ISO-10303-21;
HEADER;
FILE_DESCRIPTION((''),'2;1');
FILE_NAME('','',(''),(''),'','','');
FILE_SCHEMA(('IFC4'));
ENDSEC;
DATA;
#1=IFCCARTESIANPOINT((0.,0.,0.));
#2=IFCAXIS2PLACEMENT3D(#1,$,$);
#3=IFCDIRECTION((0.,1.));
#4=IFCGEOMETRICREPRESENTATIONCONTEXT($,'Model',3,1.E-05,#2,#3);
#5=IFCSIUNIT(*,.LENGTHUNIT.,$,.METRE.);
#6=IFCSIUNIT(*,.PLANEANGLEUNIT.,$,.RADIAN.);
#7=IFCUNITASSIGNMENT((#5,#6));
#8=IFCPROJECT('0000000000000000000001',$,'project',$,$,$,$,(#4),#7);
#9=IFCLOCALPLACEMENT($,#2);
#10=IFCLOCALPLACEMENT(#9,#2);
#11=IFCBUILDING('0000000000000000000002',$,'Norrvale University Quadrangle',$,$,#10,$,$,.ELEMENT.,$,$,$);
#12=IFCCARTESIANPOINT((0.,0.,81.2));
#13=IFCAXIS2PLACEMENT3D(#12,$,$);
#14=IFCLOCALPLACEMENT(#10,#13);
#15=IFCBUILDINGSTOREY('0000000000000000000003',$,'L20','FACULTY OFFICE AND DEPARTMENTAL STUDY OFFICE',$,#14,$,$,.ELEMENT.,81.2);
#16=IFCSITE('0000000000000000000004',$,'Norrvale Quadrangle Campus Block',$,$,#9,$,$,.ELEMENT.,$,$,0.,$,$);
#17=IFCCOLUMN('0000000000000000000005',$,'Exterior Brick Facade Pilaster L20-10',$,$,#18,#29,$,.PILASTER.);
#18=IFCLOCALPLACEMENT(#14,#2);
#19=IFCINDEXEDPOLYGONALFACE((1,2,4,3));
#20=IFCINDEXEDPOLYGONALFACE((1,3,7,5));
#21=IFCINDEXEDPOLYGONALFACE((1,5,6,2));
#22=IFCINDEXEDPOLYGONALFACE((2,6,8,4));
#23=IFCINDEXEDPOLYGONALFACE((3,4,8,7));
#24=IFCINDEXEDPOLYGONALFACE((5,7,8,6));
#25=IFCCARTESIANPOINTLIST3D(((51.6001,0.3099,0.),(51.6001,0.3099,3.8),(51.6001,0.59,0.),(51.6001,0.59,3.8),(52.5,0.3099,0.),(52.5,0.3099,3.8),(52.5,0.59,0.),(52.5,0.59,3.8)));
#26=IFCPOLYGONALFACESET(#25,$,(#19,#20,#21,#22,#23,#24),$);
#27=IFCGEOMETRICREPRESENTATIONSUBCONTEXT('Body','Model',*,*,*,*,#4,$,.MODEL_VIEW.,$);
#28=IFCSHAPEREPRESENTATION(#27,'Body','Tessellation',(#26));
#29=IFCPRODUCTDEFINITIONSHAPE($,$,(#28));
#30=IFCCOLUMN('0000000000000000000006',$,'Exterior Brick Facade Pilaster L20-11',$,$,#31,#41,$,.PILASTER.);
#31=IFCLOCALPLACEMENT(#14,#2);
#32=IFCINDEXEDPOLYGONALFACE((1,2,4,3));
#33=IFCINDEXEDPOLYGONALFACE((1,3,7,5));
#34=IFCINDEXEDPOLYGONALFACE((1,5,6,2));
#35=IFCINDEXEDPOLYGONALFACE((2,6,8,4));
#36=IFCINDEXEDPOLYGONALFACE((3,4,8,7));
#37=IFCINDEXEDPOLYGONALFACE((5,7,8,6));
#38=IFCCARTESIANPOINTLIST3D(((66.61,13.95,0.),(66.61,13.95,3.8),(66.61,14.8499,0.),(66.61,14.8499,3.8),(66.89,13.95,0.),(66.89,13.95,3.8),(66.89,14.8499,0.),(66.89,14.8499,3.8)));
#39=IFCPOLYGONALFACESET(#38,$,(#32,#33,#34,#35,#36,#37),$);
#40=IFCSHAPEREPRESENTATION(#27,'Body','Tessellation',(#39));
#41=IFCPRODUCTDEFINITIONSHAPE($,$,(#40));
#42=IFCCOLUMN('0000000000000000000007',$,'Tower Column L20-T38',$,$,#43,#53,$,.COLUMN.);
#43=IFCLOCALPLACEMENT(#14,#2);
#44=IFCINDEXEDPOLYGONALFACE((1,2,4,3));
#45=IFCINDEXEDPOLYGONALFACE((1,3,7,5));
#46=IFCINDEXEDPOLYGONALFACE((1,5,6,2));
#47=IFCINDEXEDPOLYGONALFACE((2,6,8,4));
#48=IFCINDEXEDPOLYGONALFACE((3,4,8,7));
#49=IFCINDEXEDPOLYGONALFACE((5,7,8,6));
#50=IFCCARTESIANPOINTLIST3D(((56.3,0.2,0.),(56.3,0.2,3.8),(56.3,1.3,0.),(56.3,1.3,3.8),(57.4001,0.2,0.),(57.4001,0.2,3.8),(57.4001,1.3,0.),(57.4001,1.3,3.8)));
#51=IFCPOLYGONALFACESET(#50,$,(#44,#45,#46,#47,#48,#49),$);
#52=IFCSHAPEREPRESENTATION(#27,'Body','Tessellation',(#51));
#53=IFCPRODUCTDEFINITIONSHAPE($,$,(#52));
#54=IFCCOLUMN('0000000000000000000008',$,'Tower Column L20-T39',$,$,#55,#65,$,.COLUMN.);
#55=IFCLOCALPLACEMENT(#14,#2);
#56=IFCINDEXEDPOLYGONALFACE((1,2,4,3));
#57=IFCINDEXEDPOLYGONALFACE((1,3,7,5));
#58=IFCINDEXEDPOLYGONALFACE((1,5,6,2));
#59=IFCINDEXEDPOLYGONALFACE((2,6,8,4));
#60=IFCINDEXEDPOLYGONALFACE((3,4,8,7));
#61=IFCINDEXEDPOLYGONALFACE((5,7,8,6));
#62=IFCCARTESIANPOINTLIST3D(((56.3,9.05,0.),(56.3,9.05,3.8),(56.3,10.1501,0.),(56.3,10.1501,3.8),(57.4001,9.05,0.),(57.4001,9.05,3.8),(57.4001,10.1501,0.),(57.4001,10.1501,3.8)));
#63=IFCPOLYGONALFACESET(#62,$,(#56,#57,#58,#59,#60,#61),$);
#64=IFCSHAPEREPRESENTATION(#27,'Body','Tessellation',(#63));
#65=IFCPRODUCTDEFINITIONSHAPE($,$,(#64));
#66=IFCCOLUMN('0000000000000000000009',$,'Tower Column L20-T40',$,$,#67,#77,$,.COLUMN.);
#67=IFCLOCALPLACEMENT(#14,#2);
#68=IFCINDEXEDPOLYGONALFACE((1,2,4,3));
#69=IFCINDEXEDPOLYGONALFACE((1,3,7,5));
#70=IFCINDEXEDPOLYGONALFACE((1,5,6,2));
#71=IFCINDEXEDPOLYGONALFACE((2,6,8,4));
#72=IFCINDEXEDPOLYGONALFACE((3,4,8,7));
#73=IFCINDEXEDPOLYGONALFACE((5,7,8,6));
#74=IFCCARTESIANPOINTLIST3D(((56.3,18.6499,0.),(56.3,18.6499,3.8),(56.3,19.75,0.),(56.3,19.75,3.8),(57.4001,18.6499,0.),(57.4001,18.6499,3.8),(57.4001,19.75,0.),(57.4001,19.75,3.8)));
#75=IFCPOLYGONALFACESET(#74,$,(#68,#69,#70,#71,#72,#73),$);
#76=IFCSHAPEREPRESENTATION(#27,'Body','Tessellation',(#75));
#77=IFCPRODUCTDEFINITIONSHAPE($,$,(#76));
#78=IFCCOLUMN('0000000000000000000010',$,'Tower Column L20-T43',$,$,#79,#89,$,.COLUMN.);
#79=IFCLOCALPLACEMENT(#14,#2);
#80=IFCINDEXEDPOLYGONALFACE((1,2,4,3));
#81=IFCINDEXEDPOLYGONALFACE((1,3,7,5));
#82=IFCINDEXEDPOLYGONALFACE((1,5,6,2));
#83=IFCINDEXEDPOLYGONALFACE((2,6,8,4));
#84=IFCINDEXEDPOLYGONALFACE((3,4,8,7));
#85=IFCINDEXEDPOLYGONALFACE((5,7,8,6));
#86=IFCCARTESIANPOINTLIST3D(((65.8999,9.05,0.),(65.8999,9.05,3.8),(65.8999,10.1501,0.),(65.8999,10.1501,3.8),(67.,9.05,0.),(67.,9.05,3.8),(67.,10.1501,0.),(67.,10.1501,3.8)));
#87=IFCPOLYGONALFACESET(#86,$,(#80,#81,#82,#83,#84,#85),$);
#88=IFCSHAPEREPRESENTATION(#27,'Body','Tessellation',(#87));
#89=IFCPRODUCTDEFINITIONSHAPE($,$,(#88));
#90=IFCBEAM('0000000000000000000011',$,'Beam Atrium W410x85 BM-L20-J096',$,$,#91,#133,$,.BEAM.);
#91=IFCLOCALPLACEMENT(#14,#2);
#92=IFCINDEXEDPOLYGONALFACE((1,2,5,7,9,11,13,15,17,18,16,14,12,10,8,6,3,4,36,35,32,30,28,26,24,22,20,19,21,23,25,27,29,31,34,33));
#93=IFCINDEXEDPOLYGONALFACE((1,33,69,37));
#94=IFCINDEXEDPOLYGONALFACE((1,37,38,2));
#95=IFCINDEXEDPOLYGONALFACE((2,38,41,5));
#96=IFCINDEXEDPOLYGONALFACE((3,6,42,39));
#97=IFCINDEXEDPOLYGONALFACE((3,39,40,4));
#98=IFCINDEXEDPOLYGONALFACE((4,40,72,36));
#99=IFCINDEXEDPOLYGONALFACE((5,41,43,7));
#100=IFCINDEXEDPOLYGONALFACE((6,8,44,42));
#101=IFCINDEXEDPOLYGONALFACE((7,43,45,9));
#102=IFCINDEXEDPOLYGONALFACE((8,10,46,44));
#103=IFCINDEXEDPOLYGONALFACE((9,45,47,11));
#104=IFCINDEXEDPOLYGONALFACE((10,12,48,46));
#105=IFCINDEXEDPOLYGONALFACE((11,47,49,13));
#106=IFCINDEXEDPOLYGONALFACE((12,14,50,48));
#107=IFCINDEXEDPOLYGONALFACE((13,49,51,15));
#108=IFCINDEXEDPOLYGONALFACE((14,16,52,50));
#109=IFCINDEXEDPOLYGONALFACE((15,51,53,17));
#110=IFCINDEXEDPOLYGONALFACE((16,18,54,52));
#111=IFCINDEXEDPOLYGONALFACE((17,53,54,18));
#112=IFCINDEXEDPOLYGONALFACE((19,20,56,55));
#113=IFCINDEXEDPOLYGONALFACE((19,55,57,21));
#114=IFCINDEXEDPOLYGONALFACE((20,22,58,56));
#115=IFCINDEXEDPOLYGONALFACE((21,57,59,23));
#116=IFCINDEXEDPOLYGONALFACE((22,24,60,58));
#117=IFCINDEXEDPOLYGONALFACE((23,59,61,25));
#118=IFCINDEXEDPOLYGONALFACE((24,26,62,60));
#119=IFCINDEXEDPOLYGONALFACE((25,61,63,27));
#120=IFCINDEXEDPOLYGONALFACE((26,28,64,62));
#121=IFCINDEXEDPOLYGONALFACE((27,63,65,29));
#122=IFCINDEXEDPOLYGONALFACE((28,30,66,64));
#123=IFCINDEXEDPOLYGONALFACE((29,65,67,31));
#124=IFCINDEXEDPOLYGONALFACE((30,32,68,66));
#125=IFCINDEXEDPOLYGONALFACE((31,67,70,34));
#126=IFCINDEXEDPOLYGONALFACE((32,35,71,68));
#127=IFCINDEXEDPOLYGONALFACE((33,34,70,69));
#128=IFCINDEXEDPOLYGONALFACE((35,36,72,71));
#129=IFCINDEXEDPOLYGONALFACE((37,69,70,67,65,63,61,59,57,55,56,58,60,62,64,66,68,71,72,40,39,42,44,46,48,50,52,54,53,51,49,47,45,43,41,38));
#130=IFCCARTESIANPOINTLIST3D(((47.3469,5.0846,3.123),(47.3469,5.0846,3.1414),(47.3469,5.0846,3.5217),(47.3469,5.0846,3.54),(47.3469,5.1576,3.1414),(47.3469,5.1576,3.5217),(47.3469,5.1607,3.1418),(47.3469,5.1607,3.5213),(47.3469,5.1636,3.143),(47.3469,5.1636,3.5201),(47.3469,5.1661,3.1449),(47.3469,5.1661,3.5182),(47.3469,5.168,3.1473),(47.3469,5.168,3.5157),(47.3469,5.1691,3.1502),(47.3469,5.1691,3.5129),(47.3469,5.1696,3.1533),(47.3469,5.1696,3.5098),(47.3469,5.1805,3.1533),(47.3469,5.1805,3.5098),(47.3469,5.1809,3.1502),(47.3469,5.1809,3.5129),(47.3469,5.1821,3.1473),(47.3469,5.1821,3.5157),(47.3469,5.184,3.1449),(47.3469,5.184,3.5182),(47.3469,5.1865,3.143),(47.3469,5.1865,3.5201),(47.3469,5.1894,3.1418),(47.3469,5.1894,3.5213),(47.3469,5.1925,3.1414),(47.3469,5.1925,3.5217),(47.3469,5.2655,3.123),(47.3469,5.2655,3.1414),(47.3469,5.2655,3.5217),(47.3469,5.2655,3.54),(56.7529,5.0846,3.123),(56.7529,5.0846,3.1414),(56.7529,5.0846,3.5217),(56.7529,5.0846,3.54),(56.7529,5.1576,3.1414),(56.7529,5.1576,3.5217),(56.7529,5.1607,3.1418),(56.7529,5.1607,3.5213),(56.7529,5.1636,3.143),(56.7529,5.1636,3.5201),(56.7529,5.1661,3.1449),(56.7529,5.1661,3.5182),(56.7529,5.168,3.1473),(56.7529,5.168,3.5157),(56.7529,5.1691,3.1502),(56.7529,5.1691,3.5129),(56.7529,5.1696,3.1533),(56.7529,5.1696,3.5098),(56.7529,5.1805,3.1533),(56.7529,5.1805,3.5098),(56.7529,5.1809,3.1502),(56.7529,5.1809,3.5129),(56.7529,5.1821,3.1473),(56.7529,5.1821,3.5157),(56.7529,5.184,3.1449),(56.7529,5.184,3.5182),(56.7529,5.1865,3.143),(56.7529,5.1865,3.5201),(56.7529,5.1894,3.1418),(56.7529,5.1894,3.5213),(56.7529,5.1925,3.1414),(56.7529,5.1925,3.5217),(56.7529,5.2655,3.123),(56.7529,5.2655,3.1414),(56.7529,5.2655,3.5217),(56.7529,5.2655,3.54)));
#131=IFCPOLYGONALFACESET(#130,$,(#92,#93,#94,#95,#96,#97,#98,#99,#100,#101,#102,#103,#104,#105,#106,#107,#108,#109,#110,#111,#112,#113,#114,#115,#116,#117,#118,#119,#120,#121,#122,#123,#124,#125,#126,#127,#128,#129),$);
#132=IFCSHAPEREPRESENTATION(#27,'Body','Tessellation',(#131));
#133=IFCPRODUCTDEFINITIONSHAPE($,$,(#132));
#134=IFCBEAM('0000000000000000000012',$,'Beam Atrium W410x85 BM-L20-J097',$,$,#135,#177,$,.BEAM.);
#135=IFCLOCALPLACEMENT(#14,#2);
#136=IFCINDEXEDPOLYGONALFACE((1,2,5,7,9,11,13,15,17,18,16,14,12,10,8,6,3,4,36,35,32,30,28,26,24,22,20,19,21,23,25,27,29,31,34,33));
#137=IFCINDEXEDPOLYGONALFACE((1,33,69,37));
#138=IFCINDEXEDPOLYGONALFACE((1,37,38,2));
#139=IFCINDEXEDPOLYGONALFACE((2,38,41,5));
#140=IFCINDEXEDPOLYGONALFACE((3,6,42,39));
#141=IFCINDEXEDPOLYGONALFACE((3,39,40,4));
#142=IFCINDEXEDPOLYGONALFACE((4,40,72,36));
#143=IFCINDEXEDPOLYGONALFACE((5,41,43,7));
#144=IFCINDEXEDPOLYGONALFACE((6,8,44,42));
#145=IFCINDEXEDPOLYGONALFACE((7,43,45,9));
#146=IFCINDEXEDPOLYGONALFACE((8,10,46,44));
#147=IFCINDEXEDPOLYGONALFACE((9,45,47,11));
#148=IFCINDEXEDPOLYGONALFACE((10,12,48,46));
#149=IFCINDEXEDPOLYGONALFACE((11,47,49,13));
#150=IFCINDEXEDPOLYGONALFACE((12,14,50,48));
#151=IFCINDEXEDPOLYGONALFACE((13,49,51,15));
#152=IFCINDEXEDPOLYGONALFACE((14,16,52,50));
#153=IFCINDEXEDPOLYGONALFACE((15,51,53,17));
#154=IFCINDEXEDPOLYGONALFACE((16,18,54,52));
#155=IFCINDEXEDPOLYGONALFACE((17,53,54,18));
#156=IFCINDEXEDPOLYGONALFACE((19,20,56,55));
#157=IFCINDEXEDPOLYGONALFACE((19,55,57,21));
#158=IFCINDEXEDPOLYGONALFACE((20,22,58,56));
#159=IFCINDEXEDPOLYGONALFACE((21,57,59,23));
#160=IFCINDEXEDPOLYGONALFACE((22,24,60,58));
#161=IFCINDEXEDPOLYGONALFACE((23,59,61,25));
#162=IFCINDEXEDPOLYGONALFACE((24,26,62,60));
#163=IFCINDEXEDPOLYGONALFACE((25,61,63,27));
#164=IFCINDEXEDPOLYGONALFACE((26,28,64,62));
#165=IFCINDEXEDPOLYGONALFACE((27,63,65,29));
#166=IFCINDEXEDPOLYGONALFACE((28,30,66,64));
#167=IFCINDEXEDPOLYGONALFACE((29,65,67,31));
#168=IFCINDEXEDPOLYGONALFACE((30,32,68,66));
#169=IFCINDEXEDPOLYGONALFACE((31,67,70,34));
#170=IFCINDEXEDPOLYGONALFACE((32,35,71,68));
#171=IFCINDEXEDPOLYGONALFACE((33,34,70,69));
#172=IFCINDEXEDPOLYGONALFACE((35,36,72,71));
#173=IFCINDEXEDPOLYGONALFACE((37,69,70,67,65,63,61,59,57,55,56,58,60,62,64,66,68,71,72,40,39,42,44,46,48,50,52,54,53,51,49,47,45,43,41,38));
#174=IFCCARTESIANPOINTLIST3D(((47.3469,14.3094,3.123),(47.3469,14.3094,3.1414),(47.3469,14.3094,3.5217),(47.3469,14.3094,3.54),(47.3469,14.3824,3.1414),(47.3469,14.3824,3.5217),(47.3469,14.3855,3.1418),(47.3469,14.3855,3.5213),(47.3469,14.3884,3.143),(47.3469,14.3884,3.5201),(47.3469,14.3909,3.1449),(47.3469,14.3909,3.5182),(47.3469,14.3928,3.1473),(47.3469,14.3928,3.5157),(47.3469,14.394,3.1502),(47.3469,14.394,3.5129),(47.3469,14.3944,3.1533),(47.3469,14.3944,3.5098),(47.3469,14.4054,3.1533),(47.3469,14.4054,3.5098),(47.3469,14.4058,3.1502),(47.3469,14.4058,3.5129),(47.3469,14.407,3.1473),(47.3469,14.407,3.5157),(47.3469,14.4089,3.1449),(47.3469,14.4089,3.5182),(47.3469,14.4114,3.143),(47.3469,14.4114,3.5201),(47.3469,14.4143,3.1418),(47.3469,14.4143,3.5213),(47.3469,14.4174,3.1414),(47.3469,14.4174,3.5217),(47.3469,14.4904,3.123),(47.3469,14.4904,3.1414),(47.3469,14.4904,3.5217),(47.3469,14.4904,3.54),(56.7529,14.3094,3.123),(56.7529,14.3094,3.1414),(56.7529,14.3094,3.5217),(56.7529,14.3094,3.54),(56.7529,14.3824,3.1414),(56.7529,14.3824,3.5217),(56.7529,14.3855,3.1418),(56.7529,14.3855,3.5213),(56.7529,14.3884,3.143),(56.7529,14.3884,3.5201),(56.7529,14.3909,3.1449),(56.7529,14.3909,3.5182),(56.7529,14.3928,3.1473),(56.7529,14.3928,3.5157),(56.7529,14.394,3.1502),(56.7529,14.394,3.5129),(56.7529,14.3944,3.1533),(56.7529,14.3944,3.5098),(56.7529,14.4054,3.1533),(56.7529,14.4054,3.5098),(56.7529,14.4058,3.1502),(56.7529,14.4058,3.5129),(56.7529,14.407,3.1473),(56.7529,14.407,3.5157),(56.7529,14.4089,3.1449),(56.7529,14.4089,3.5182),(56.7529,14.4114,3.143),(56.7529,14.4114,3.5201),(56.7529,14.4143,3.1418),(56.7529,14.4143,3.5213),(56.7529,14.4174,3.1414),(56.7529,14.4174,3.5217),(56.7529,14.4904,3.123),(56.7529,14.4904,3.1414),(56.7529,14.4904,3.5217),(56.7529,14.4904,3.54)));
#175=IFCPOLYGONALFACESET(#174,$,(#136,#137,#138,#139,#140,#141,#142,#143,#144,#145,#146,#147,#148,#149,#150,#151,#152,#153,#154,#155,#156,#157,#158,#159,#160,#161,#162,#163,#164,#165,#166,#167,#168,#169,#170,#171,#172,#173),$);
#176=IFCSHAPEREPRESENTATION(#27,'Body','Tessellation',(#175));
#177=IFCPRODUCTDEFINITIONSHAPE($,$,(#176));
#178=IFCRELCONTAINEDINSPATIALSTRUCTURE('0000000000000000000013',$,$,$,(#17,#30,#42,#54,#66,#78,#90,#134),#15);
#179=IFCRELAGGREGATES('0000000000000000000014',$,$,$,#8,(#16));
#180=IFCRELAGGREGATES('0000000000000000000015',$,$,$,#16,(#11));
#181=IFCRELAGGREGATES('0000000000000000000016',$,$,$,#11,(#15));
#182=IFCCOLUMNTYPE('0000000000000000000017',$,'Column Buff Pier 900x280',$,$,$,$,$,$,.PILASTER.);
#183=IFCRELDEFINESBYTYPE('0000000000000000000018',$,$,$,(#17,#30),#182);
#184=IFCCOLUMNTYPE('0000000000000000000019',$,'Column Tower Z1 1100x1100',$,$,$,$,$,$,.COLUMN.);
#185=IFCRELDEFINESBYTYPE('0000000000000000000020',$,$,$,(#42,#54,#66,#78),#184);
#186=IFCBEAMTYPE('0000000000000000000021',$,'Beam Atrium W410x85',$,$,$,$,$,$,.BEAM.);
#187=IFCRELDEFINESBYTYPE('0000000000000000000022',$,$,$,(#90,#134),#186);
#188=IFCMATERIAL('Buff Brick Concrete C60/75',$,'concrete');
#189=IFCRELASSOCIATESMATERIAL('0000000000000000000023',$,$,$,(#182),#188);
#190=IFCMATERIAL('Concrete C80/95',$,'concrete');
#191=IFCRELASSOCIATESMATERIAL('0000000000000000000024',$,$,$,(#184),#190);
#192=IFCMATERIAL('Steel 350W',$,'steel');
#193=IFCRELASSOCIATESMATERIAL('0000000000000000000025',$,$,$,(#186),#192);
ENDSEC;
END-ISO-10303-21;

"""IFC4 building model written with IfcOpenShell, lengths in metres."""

from ifc_helpers import new_model, si_unit, direction, frame, origin, origin_2d, place, context, subcontext, project, spatial, rectangle, i_section, extrude, material, material_profile, profile_set, type_object, element, save


model = new_model("IFC4")

# Units and contexts
model_context = context("Model", 3, precision=1e-05, world=origin(), true_north=direction((0.0, 1.0)))
body_context = subcontext(model_context, "Body", "Model", "MODEL_VIEW")
ifc_project = project(units=[si_unit("LENGTHUNIT", "METRE"), si_unit("PLANEANGLEUNIT", "RADIAN")], contexts=[model_context])

# Site, building, storey
site_placement = place(None, origin())
site = spatial("IfcSite", under=ifc_project, at=site_placement, Name="Norrvale Quadrangle Campus Block", CompositionType="ELEMENT", RefElevation=0.0)
building_placement = place(site_placement, origin())
building = spatial("IfcBuilding", under=site, at=building_placement, Name="Norrvale University Quadrangle", CompositionType="ELEMENT")
storey_placement = place(building_placement, frame((0.0, 0.0, 81.2)))
storey = spatial("IfcBuildingStorey", under=building, at=storey_placement, Name="L20", Description="FACULTY OFFICE AND DEPARTMENTAL STUDY OFFICE", CompositionType="ELEMENT", Elevation=81.2)

# Columns
ifc_material_1 = material(Name="Buff Brick Concrete C60/75", Category="concrete")
ifc_material_profile_1 = material_profile(ifc_material_1, rectangle(XDim=0.8999, YDim=0.28, at=origin_2d()), Name="Buff Brick Concrete C60/75")
ifc_profile_set_1 = profile_set([ifc_material_profile_1], Name="Buff Brick Concrete C60/75")
column_type_1 = type_object("IfcColumnType", Name="Column Buff Pier 900x280", PredefinedType="PILASTER", material=ifc_profile_set_1)
for number, where, z_axis, x_axis, name in (
    (1, (52.05, 0.45, 0.0), (0.0, 0.0, 1.0), (1.0, 0.0, 0.0), "Exterior Brick Facade Pilaster L20-10"),
    (2, (66.75, 14.3999, 0.0), (0.0, 0.0, 1.0), (0.0, 1.0, 0.0), "Exterior Brick Facade Pilaster L20-11"),
):
    element("IfcColumn", number, at=place(storey_placement, frame(where, z_axis=z_axis, x_axis=x_axis)), inside=storey, type_object=column_type_1, Name=name, PredefinedType="PILASTER", context=body_context, shape_type="SweptSolid", body=[
        extrude(rectangle(XDim=0.8999, YDim=0.28, at=origin_2d()), origin(), (0.0, 0.0, 1.0), 3.8),
    ])
ifc_material_2 = material(Name="Concrete C80/95", Category="concrete")
ifc_material_profile_2 = material_profile(ifc_material_2, rectangle(XDim=1.1001, YDim=1.1001, at=origin_2d()), Name="Concrete C80/95")
ifc_profile_set_2 = profile_set([ifc_material_profile_2], Name="Concrete C80/95")
column_type_2 = type_object("IfcColumnType", Name="Column Tower Z1 1100x1100", PredefinedType="COLUMN", material=ifc_profile_set_2)
for number, where, z_axis, x_axis, name in (
    (3, (56.8501, 0.75, 0.0), (0.0, 0.0, 1.0), (1.0, 0.0, 0.0), "Tower Column L20-T38"),
    (4, (56.8501, 9.6001, 0.0), (0.0, 0.0, 1.0), (1.0, 0.0, 0.0), "Tower Column L20-T39"),
    (5, (56.8501, 19.2, 0.0), (0.0, 0.0, 1.0), (1.0, 0.0, 0.0), "Tower Column L20-T40"),
    (6, (66.45, 9.6001, 0.0), (0.0, 0.0, 1.0), (1.0, 0.0, 0.0), "Tower Column L20-T43"),
):
    element("IfcColumn", number, at=place(storey_placement, frame(where, z_axis=z_axis, x_axis=x_axis)), inside=storey, type_object=column_type_2, Name=name, PredefinedType="COLUMN", context=body_context, shape_type="SweptSolid", body=[
        extrude(rectangle(XDim=1.1001, YDim=1.1001, at=origin_2d()), origin(), (0.0, 0.0, 1.0), 3.8),
    ])

# Beams
ifc_material_3 = material(Name="Steel 350W", Category="steel")
ifc_material_profile_3 = material_profile(ifc_material_3, i_section(OverallWidth=0.1809, OverallDepth=0.417, WebThickness=0.011, FlangeThickness=0.0183, FilletRadius=0.012, at=origin_2d()), Name="Steel 350W")
ifc_profile_set_3 = profile_set([ifc_material_profile_3], Name="Steel 350W")
beam_type_1 = type_object("IfcBeamType", Name="Beam Atrium W410x85", PredefinedType="BEAM", material=ifc_profile_set_3)
for number, where, z_axis, x_axis, name in (
    (7, (47.3469, 5.175, 3.3315), (1.0, 0.0, 0.0), (0.0, 1.0, 0.0), "Beam Atrium W410x85 BM-L20-J096"),
    (8, (47.3469, 14.3999, 3.3315), (1.0, 0.0, 0.0), (0.0, 1.0, 0.0), "Beam Atrium W410x85 BM-L20-J097"),
):
    element("IfcBeam", number, at=place(storey_placement, frame(where, z_axis=z_axis, x_axis=x_axis)), inside=storey, type_object=beam_type_1, Name=name, PredefinedType="BEAM", context=body_context, shape_type="SweptSolid", body=[
        extrude(i_section(OverallWidth=0.1809, OverallDepth=0.417, WebThickness=0.011, FlangeThickness=0.0183, FilletRadius=0.012, at=origin_2d()), origin(), (0.0, 0.0, 1.0), 9.406),
    ])

save(model, "model.ifc")
